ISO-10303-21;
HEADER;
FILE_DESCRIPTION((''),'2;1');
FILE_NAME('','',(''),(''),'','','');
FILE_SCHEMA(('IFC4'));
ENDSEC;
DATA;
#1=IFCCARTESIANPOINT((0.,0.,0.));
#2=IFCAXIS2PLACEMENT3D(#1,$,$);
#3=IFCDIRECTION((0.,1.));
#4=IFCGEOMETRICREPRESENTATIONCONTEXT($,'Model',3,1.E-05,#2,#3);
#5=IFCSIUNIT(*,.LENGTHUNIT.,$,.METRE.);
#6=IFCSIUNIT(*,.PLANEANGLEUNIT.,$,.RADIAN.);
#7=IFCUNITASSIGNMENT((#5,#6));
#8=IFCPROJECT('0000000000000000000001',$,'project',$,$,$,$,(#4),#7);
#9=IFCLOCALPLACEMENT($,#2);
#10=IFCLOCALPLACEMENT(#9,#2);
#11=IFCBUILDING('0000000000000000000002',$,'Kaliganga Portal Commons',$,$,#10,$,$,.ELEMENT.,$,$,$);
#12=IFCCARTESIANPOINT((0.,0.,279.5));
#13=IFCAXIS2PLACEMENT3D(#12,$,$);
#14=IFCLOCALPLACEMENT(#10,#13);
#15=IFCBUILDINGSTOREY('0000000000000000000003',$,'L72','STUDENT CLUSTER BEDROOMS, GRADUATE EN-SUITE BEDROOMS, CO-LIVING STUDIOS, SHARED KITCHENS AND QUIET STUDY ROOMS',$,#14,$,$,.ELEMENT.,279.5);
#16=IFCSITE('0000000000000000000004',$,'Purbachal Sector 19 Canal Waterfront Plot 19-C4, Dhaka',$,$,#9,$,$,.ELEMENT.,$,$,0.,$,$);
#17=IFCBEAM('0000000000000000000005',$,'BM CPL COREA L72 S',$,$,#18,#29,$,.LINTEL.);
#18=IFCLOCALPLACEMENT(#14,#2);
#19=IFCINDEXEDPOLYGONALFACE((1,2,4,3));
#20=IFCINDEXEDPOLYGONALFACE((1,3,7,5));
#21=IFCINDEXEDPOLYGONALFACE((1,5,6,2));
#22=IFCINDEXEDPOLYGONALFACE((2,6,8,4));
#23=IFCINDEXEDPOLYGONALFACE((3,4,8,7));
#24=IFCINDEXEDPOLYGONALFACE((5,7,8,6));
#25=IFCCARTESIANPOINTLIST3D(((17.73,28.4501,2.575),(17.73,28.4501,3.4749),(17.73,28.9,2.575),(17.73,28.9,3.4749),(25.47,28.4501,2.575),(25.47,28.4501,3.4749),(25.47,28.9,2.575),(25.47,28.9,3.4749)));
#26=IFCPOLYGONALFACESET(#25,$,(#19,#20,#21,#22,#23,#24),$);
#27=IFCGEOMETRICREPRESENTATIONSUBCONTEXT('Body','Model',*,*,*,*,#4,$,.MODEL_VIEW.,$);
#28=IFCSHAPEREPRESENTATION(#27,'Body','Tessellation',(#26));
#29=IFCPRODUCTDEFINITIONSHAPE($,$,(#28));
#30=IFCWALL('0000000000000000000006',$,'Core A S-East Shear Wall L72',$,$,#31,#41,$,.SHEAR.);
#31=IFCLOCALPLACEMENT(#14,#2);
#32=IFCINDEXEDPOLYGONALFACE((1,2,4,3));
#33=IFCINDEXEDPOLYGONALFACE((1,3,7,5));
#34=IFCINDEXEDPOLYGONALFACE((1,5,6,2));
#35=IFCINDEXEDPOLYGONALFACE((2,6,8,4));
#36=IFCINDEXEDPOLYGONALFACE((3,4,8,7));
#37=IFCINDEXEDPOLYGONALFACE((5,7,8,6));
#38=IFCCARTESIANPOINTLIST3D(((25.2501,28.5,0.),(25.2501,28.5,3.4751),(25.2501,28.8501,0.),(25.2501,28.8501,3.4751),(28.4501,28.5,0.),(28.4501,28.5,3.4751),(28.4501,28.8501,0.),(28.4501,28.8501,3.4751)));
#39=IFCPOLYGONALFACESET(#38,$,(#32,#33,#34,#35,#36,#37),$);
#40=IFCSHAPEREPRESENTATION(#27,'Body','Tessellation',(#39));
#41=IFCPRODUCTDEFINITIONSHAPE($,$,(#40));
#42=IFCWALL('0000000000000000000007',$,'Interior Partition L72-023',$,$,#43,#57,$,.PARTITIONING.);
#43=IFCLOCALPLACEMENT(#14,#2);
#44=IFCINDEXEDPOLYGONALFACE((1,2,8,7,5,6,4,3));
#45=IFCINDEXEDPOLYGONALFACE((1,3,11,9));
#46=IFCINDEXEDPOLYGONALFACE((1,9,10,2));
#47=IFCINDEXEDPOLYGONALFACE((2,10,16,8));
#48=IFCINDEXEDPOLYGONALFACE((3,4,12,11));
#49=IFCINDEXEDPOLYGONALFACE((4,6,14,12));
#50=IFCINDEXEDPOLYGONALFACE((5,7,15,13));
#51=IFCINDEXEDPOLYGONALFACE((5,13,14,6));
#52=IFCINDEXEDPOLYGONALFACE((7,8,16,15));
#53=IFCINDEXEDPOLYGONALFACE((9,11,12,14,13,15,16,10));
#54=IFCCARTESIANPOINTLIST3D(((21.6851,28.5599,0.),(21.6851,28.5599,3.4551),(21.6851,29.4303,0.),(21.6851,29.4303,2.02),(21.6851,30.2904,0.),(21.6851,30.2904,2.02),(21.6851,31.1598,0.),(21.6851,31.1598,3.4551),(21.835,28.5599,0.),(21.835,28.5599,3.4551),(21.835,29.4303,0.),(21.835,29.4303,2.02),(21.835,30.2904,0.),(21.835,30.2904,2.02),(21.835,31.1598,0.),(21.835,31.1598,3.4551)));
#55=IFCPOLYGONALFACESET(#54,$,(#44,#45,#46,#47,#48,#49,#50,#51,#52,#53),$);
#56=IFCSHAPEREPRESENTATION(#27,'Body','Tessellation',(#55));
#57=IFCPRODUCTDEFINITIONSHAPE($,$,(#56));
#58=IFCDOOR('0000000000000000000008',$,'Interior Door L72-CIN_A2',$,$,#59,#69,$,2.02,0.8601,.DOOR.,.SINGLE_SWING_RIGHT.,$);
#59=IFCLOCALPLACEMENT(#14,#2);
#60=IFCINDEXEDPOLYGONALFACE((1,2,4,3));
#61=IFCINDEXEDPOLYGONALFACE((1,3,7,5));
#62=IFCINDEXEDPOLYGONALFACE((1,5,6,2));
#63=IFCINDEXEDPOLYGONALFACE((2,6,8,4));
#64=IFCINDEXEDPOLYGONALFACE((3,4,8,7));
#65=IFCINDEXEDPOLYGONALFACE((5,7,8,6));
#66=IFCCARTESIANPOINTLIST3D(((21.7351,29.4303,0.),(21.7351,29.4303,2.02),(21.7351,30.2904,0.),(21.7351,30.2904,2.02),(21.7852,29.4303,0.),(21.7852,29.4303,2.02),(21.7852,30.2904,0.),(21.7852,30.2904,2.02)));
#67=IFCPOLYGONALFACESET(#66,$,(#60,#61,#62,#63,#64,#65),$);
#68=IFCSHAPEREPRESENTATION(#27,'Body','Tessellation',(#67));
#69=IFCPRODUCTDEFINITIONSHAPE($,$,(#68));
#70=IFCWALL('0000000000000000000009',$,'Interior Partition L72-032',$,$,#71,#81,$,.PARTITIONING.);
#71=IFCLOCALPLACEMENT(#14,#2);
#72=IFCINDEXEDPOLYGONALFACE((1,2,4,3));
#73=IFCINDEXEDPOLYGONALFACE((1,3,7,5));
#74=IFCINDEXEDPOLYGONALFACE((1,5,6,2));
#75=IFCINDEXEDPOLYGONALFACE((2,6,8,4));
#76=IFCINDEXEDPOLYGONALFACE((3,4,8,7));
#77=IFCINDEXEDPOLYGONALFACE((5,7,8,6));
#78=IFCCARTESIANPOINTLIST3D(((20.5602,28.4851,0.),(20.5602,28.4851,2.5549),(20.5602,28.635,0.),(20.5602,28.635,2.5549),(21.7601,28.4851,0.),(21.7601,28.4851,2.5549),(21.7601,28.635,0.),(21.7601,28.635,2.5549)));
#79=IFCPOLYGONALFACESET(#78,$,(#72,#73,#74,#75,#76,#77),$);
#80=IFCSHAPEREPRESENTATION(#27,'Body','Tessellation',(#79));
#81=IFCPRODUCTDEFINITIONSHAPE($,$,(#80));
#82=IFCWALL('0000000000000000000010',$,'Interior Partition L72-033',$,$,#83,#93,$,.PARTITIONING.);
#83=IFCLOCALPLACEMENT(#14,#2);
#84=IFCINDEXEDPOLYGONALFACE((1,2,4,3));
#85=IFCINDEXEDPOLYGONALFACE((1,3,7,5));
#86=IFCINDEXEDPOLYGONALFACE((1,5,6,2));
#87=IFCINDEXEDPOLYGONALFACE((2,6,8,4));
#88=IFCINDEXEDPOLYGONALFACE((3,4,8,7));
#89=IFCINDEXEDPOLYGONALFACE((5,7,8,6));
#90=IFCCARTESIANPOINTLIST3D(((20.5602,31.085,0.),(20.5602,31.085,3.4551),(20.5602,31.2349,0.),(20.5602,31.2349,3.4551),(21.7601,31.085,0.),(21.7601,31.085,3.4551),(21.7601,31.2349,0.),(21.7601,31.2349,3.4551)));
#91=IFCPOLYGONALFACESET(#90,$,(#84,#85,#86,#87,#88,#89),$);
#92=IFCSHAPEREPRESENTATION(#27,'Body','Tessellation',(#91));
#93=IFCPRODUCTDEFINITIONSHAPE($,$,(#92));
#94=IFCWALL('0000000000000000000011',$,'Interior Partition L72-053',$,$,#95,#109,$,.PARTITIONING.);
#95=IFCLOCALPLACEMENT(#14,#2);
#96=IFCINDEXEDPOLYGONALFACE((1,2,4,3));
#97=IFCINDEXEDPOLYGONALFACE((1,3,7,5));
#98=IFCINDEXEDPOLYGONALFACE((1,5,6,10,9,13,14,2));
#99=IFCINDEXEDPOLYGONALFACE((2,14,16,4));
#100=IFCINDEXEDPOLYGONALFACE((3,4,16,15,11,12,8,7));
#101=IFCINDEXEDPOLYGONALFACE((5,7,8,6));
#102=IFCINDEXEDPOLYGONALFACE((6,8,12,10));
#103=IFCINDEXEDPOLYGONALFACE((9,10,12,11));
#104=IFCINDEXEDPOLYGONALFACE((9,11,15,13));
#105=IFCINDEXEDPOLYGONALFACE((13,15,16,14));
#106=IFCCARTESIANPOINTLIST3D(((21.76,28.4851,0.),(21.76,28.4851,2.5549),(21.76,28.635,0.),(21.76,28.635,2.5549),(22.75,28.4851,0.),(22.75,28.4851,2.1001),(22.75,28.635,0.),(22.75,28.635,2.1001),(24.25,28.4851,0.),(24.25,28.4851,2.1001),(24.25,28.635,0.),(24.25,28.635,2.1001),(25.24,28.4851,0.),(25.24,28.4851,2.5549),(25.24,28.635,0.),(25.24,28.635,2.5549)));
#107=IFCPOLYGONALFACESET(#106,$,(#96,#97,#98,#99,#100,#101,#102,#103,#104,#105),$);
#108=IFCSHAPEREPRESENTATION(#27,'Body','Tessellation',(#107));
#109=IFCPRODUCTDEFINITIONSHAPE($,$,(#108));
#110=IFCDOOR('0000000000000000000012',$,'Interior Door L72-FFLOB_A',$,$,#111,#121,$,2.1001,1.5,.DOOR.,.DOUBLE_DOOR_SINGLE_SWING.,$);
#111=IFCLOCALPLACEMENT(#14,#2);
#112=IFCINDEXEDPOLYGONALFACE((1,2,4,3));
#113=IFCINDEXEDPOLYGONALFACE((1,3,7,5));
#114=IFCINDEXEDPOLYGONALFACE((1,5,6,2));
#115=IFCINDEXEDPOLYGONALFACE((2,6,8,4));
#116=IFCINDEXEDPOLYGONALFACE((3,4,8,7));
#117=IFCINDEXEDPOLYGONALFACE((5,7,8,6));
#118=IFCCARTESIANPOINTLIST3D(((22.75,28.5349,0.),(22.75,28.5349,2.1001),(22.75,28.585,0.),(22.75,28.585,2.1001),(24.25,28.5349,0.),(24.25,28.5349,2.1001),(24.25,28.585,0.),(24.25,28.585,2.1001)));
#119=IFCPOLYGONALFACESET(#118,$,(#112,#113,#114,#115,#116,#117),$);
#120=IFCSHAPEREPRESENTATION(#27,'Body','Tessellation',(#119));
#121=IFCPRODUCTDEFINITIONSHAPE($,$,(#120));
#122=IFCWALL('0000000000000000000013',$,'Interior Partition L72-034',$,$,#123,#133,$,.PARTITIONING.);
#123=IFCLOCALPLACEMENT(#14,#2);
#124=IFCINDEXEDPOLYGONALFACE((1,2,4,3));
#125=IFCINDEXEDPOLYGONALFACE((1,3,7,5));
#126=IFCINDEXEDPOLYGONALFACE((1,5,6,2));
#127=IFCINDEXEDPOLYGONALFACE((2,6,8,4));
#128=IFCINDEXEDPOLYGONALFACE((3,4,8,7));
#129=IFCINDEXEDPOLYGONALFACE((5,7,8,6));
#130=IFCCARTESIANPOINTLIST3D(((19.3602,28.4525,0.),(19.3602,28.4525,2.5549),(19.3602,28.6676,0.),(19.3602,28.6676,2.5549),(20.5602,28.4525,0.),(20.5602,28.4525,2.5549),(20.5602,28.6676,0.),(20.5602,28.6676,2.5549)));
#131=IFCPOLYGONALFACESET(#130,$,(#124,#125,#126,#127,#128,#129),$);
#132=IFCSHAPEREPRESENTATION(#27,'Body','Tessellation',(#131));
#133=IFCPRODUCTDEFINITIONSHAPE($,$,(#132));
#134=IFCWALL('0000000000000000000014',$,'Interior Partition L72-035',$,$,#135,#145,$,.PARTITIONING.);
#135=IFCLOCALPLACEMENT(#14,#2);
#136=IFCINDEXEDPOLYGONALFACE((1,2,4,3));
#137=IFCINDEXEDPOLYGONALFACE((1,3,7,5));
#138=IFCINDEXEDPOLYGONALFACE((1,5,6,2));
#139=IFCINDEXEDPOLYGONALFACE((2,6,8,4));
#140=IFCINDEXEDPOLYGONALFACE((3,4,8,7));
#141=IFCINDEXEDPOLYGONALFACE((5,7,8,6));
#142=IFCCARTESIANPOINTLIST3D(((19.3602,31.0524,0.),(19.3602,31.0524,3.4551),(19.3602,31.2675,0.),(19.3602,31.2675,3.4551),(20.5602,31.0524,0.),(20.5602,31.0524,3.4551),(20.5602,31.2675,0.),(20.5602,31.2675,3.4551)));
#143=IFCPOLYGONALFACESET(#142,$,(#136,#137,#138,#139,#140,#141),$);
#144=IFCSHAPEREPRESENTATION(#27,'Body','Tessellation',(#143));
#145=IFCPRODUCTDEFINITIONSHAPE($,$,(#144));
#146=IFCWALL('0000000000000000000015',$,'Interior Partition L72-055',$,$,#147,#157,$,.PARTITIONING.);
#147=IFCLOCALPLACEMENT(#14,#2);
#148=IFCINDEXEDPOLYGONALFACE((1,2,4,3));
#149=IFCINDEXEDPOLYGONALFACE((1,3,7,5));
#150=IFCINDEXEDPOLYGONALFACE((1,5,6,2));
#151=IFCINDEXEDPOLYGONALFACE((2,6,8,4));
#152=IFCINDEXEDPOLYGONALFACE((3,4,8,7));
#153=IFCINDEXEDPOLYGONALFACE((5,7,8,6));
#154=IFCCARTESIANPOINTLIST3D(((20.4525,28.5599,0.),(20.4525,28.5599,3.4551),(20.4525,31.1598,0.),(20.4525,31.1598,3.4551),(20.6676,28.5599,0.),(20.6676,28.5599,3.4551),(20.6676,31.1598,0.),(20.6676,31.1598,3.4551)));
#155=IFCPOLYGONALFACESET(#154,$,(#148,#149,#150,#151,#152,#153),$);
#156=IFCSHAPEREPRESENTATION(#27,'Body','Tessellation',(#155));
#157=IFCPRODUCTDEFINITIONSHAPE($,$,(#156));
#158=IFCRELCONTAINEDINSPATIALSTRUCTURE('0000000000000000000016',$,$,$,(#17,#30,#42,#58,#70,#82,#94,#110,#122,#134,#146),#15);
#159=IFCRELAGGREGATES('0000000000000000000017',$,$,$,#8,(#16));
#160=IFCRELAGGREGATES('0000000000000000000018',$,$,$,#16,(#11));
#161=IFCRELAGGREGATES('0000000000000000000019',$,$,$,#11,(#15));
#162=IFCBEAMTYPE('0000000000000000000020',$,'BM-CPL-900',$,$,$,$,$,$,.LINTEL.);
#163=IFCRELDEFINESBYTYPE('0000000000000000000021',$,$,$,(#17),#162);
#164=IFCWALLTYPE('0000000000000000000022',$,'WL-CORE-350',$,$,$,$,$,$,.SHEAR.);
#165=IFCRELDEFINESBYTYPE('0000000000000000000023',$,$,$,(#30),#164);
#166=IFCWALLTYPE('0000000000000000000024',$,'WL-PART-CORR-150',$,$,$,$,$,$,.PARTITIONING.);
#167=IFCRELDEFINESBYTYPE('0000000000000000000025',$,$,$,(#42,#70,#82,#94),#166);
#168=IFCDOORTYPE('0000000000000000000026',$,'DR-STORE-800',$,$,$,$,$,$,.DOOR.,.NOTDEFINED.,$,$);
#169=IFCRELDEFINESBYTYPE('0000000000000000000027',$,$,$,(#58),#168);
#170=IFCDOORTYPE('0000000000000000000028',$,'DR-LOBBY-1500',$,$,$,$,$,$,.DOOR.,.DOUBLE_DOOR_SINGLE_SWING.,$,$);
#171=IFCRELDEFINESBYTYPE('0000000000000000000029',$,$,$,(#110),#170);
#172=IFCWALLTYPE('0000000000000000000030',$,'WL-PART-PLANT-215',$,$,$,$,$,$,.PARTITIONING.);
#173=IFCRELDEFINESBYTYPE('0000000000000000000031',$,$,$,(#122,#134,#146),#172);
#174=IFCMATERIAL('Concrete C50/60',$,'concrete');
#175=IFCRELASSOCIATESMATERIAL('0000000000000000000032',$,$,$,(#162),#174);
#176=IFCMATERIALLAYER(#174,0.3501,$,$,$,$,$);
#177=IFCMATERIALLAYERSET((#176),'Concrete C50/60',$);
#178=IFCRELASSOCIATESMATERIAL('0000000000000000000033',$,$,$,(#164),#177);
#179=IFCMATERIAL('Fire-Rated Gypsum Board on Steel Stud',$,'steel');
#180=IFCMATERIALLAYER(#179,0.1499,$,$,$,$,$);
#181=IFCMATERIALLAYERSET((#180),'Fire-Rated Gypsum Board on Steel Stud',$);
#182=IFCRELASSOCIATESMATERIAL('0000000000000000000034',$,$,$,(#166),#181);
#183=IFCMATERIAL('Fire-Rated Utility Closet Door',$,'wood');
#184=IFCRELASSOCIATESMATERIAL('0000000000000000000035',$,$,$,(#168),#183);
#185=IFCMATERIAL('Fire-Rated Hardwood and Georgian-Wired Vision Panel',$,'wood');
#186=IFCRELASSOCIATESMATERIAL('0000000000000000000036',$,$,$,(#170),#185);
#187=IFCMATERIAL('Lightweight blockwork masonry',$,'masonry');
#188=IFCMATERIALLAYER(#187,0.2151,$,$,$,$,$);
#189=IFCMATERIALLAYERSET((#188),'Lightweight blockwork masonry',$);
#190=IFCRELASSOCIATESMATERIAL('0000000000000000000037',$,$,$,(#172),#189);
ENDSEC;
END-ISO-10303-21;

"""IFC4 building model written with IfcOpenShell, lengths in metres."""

from ifc_helpers import new_model, si_unit, direction, frame, frame_2d, origin, origin_2d, place, context, subcontext, project, spatial, rectangle, extrude, source, transform, mapped, material, layer, layer_set, material_profile, profile_set, type_object, element, fill, save


model = new_model("IFC4")

# Units and contexts
model_context = context("Model", 3, precision=1e-05, world=origin(), true_north=direction((0.0, 1.0)))
body_context = subcontext(model_context, "Body", "Model", "MODEL_VIEW")
ifc_project = project(units=[si_unit("LENGTHUNIT", "METRE"), si_unit("PLANEANGLEUNIT", "RADIAN")], contexts=[model_context])

# Site, building, storey
site_placement = place(None, origin())
site = spatial("IfcSite", under=ifc_project, at=site_placement, Name="Purbachal Sector 19 Canal Waterfront Plot 19-C4, Dhaka", CompositionType="ELEMENT", RefElevation=0.0)
building_placement = place(site_placement, origin())
building = spatial("IfcBuilding", under=site, at=building_placement, Name="Kaliganga Portal Commons", CompositionType="ELEMENT")
storey_placement = place(building_placement, frame((0.0, 0.0, 279.5)))
storey = spatial("IfcBuildingStorey", under=building, at=storey_placement, Name="L72", Description="STUDENT CLUSTER BEDROOMS, GRADUATE EN-SUITE BEDROOMS, CO-LIVING STUDIOS, SHARED KITCHENS AND QUIET STUDY ROOMS", CompositionType="ELEMENT", Elevation=279.5)

# Beam
ifc_material_1 = material(Name="Concrete C50/60", Category="concrete")
ifc_material_profile = material_profile(ifc_material_1, rectangle(XDim=0.45, YDim=0.8999, at=origin_2d()), Name="RC 450x900")
ifc_profile_set = profile_set([ifc_material_profile], Name="Concrete C50/60")
beam_type = type_object("IfcBeamType", Name="BM-CPL-900", PredefinedType="LINTEL", material=ifc_profile_set)
shared_shape = source(origin(), body_context, "Body", "SweptSolid", [
    extrude(rectangle(XDim=0.45, YDim=0.8999, at=origin_2d()), origin(), (0.0, 0.0, 1.0), 7.74),
])
beam_placement = place(storey_placement, frame((17.73, 28.675, 3.0249), z_axis=(1.0, 0.0, 0.0), x_axis=(0.0, 1.0, 0.0)))
element("IfcBeam", 1, at=beam_placement, inside=storey, type_object=beam_type, Name="BM CPL COREA L72 S", PredefinedType="LINTEL", context=body_context, shape_type="MappedRepresentation", body=[
    mapped(shared_shape, transform((0.0, 0.0, 0.0), x_axis=(1.0, 0.0, 0.0), y_axis=(0.0, 1.0, 0.0), z_axis=(0.0, 0.0, 1.0), scale=1.0)),
])

# Wall
ifc_layer_1 = layer(ifc_material_1, 0.3501)
ifc_layer_set_1 = layer_set([ifc_layer_1], Name="Concrete C50/60")
wall_type_1 = type_object("IfcWallType", Name="WL-CORE-350", PredefinedType="SHEAR", material=ifc_layer_set_1)
wall_1_placement = place(storey_placement, frame((25.25, 28.675, 0.0), z_axis=(0.0, 0.0, 1.0), x_axis=(1.0, 0.0, 0.0)))
element("IfcWall", 2, at=wall_1_placement, inside=storey, type_object=wall_type_1, Name="Core A S-East Shear Wall L72", PredefinedType="SHEAR", context=body_context, shape_type="SweptSolid", body=[
    extrude(rectangle(XDim=3.2, YDim=0.3501, at=frame_2d((1.6001, 0.0))), origin(), (0.0, 0.0, 1.0), 3.4751),
])

# Wall, opening, door
ifc_material_2 = material(Name="Fire-Rated Gypsum Board on Steel Stud", Category="steel")
ifc_layer_2 = layer(ifc_material_2, 0.1499)
ifc_layer_set_2 = layer_set([ifc_layer_2], Name="Fire-Rated Gypsum Board on Steel Stud")
wall_type_2 = type_object("IfcWallType", Name="WL-PART-CORR-150", PredefinedType="PARTITIONING", material=ifc_layer_set_2)
wall_2_placement = place(storey_placement, frame((21.76, 28.5601, 0.0), z_axis=(0.0, 0.0, 1.0), x_axis=(0.0, 1.0, 0.0)))
wall_2 = element("IfcWall", 3, at=wall_2_placement, inside=storey, type_object=wall_type_2, Name="Interior Partition L72-023", PredefinedType="PARTITIONING", context=body_context, shape_type="SweptSolid", body=[
    extrude(rectangle(XDim=2.5999, YDim=0.1499, at=frame_2d((1.2998, 0.0))), origin(), (0.0, 0.0, 1.0), 3.4551),
])
opening_1_placement = place(wall_2_placement, frame((0.8701, 0.0, 0.0)))
opening_1 = element("IfcOpeningElement", 4, at=opening_1_placement, cuts=wall_2, PredefinedType="OPENING", context=body_context, shape_type="SweptSolid", body=[
    extrude(rectangle(XDim=0.8601, YDim=2.02, at=frame_2d((0.4302, 1.01))), frame((0.0, 0.085, 0.0), z_axis=(0.0, -1.0, 0.0), x_axis=(1.0, 0.0, 0.0)), (0.0, 0.0, 1.0), 0.1699),
])
ifc_material_3 = material(Name="Fire-Rated Utility Closet Door", Category="wood")
door_type_1 = type_object("IfcDoorType", Name="DR-STORE-800", OperationType="NOTDEFINED", PredefinedType="DOOR", material=ifc_material_3)
door_1_placement = place(opening_1_placement, origin())
door_1 = element("IfcDoor", 5, at=door_1_placement, inside=storey, type_object=door_type_1, Name="Interior Door L72-CIN_A2", OperationType="SINGLE_SWING_RIGHT", OverallHeight=2.02, OverallWidth=0.8601, PredefinedType="DOOR", context=body_context, shape_type="SweptSolid", body=[
    extrude(rectangle(XDim=0.8601, YDim=2.02, at=frame_2d((0.4302, 1.01))), frame((0.0, 0.0249, 0.0), z_axis=(0.0, -1.0, 0.0), x_axis=(1.0, 0.0, 0.0)), (0.0, 0.0, 1.0), 0.05),
])
fill(opening_1, door_1)

# Walls
wall_3_placement = place(storey_placement, frame((20.5601, 28.5601, 0.0), z_axis=(0.0, 0.0, 1.0), x_axis=(1.0, 0.0, 0.0)))
element("IfcWall", 6, at=wall_3_placement, inside=storey, type_object=wall_type_2, Name="Interior Partition L72-032", PredefinedType="PARTITIONING", context=body_context, shape_type="SweptSolid", body=[
    extrude(rectangle(XDim=1.2, YDim=0.1499, at=frame_2d((0.6001, 0.0))), origin(), (0.0, 0.0, 1.0), 2.5549),
])
wall_4_placement = place(storey_placement, frame((20.5601, 31.1599, 0.0), z_axis=(0.0, 0.0, 1.0), x_axis=(1.0, 0.0, 0.0)))
element("IfcWall", 7, at=wall_4_placement, inside=storey, type_object=wall_type_2, Name="Interior Partition L72-033", PredefinedType="PARTITIONING", context=body_context, shape_type="SweptSolid", body=[
    extrude(rectangle(XDim=1.2, YDim=0.1499, at=frame_2d((0.6001, 0.0))), origin(), (0.0, 0.0, 1.0), 3.4551),
])

# Wall, opening, door
wall_5_placement = place(storey_placement, frame((21.76, 28.5601, 0.0), z_axis=(0.0, 0.0, 1.0), x_axis=(1.0, 0.0, 0.0)))
wall_5 = element("IfcWall", 8, at=wall_5_placement, inside=storey, type_object=wall_type_2, Name="Interior Partition L72-053", PredefinedType="PARTITIONING", context=body_context, shape_type="SweptSolid", body=[
    extrude(rectangle(XDim=3.48, YDim=0.1499, at=frame_2d((1.74, 0.0))), origin(), (0.0, 0.0, 1.0), 2.5549),
])
opening_2_placement = place(wall_5_placement, frame((0.99, 0.0, 0.0)))
opening_2 = element("IfcOpeningElement", 9, at=opening_2_placement, cuts=wall_5, PredefinedType="OPENING", context=body_context, shape_type="SweptSolid", body=[
    extrude(rectangle(XDim=1.5, YDim=2.1001, at=frame_2d((0.75, 1.05))), frame((0.0, 0.085, 0.0), z_axis=(0.0, -1.0, 0.0), x_axis=(1.0, 0.0, 0.0)), (0.0, 0.0, 1.0), 0.1699),
])
ifc_material_4 = material(Name="Fire-Rated Hardwood and Georgian-Wired Vision Panel", Category="wood")
door_type_2 = type_object("IfcDoorType", Name="DR-LOBBY-1500", OperationType="DOUBLE_DOOR_SINGLE_SWING", PredefinedType="DOOR", material=ifc_material_4)
door_2_placement = place(opening_2_placement, origin())
door_2 = element("IfcDoor", 10, at=door_2_placement, inside=storey, type_object=door_type_2, Name="Interior Door L72-FFLOB_A", OperationType="DOUBLE_DOOR_SINGLE_SWING", OverallHeight=2.1001, OverallWidth=1.5, PredefinedType="DOOR", context=body_context, shape_type="SweptSolid", body=[
    extrude(rectangle(XDim=1.5, YDim=2.1001, at=frame_2d((0.75, 1.05))), frame((0.0, 0.0249, 0.0), z_axis=(0.0, -1.0, 0.0), x_axis=(1.0, 0.0, 0.0)), (0.0, 0.0, 1.0), 0.05),
])
fill(opening_2, door_2)
ifc_material_5 = material(Name="Lightweight blockwork masonry", Category="masonry")
ifc_layer_3 = layer(ifc_material_5, 0.2151)
ifc_layer_set_3 = layer_set([ifc_layer_3], Name="Lightweight blockwork masonry")
wall_type_3 = type_object("IfcWallType", Name="WL-PART-PLANT-215", PredefinedType="PARTITIONING", material=ifc_layer_set_3)

# Walls
wall_6_placement = place(storey_placement, frame((19.3601, 28.5601, 0.0), z_axis=(0.0, 0.0, 1.0), x_axis=(1.0, 0.0, 0.0)))
element("IfcWall", 11, at=wall_6_placement, inside=storey, type_object=wall_type_3, Name="Interior Partition L72-034", PredefinedType="PARTITIONING", context=body_context, shape_type="SweptSolid", body=[
    extrude(rectangle(XDim=1.2, YDim=0.2151, at=frame_2d((0.6001, 0.0))), origin(), (0.0, 0.0, 1.0), 2.5549),
])
wall_7_placement = place(storey_placement, frame((19.3601, 31.1599, 0.0), z_axis=(0.0, 0.0, 1.0), x_axis=(1.0, 0.0, 0.0)))
element("IfcWall", 12, at=wall_7_placement, inside=storey, type_object=wall_type_3, Name="Interior Partition L72-035", PredefinedType="PARTITIONING", context=body_context, shape_type="SweptSolid", body=[
    extrude(rectangle(XDim=1.2, YDim=0.2151, at=frame_2d((0.6001, 0.0))), origin(), (0.0, 0.0, 1.0), 3.4551),
])
wall_8_placement = place(storey_placement, frame((20.5601, 28.5601, 0.0), z_axis=(0.0, 0.0, 1.0), x_axis=(0.0, 1.0, 0.0)))
element("IfcWall", 13, at=wall_8_placement, inside=storey, type_object=wall_type_3, Name="Interior Partition L72-055", PredefinedType="PARTITIONING", context=body_context, shape_type="SweptSolid", body=[
    extrude(rectangle(XDim=2.5999, YDim=0.2151, at=frame_2d((1.2998, 0.0))), origin(), (0.0, 0.0, 1.0), 3.4551),
])

save(model, "model.ifc")
